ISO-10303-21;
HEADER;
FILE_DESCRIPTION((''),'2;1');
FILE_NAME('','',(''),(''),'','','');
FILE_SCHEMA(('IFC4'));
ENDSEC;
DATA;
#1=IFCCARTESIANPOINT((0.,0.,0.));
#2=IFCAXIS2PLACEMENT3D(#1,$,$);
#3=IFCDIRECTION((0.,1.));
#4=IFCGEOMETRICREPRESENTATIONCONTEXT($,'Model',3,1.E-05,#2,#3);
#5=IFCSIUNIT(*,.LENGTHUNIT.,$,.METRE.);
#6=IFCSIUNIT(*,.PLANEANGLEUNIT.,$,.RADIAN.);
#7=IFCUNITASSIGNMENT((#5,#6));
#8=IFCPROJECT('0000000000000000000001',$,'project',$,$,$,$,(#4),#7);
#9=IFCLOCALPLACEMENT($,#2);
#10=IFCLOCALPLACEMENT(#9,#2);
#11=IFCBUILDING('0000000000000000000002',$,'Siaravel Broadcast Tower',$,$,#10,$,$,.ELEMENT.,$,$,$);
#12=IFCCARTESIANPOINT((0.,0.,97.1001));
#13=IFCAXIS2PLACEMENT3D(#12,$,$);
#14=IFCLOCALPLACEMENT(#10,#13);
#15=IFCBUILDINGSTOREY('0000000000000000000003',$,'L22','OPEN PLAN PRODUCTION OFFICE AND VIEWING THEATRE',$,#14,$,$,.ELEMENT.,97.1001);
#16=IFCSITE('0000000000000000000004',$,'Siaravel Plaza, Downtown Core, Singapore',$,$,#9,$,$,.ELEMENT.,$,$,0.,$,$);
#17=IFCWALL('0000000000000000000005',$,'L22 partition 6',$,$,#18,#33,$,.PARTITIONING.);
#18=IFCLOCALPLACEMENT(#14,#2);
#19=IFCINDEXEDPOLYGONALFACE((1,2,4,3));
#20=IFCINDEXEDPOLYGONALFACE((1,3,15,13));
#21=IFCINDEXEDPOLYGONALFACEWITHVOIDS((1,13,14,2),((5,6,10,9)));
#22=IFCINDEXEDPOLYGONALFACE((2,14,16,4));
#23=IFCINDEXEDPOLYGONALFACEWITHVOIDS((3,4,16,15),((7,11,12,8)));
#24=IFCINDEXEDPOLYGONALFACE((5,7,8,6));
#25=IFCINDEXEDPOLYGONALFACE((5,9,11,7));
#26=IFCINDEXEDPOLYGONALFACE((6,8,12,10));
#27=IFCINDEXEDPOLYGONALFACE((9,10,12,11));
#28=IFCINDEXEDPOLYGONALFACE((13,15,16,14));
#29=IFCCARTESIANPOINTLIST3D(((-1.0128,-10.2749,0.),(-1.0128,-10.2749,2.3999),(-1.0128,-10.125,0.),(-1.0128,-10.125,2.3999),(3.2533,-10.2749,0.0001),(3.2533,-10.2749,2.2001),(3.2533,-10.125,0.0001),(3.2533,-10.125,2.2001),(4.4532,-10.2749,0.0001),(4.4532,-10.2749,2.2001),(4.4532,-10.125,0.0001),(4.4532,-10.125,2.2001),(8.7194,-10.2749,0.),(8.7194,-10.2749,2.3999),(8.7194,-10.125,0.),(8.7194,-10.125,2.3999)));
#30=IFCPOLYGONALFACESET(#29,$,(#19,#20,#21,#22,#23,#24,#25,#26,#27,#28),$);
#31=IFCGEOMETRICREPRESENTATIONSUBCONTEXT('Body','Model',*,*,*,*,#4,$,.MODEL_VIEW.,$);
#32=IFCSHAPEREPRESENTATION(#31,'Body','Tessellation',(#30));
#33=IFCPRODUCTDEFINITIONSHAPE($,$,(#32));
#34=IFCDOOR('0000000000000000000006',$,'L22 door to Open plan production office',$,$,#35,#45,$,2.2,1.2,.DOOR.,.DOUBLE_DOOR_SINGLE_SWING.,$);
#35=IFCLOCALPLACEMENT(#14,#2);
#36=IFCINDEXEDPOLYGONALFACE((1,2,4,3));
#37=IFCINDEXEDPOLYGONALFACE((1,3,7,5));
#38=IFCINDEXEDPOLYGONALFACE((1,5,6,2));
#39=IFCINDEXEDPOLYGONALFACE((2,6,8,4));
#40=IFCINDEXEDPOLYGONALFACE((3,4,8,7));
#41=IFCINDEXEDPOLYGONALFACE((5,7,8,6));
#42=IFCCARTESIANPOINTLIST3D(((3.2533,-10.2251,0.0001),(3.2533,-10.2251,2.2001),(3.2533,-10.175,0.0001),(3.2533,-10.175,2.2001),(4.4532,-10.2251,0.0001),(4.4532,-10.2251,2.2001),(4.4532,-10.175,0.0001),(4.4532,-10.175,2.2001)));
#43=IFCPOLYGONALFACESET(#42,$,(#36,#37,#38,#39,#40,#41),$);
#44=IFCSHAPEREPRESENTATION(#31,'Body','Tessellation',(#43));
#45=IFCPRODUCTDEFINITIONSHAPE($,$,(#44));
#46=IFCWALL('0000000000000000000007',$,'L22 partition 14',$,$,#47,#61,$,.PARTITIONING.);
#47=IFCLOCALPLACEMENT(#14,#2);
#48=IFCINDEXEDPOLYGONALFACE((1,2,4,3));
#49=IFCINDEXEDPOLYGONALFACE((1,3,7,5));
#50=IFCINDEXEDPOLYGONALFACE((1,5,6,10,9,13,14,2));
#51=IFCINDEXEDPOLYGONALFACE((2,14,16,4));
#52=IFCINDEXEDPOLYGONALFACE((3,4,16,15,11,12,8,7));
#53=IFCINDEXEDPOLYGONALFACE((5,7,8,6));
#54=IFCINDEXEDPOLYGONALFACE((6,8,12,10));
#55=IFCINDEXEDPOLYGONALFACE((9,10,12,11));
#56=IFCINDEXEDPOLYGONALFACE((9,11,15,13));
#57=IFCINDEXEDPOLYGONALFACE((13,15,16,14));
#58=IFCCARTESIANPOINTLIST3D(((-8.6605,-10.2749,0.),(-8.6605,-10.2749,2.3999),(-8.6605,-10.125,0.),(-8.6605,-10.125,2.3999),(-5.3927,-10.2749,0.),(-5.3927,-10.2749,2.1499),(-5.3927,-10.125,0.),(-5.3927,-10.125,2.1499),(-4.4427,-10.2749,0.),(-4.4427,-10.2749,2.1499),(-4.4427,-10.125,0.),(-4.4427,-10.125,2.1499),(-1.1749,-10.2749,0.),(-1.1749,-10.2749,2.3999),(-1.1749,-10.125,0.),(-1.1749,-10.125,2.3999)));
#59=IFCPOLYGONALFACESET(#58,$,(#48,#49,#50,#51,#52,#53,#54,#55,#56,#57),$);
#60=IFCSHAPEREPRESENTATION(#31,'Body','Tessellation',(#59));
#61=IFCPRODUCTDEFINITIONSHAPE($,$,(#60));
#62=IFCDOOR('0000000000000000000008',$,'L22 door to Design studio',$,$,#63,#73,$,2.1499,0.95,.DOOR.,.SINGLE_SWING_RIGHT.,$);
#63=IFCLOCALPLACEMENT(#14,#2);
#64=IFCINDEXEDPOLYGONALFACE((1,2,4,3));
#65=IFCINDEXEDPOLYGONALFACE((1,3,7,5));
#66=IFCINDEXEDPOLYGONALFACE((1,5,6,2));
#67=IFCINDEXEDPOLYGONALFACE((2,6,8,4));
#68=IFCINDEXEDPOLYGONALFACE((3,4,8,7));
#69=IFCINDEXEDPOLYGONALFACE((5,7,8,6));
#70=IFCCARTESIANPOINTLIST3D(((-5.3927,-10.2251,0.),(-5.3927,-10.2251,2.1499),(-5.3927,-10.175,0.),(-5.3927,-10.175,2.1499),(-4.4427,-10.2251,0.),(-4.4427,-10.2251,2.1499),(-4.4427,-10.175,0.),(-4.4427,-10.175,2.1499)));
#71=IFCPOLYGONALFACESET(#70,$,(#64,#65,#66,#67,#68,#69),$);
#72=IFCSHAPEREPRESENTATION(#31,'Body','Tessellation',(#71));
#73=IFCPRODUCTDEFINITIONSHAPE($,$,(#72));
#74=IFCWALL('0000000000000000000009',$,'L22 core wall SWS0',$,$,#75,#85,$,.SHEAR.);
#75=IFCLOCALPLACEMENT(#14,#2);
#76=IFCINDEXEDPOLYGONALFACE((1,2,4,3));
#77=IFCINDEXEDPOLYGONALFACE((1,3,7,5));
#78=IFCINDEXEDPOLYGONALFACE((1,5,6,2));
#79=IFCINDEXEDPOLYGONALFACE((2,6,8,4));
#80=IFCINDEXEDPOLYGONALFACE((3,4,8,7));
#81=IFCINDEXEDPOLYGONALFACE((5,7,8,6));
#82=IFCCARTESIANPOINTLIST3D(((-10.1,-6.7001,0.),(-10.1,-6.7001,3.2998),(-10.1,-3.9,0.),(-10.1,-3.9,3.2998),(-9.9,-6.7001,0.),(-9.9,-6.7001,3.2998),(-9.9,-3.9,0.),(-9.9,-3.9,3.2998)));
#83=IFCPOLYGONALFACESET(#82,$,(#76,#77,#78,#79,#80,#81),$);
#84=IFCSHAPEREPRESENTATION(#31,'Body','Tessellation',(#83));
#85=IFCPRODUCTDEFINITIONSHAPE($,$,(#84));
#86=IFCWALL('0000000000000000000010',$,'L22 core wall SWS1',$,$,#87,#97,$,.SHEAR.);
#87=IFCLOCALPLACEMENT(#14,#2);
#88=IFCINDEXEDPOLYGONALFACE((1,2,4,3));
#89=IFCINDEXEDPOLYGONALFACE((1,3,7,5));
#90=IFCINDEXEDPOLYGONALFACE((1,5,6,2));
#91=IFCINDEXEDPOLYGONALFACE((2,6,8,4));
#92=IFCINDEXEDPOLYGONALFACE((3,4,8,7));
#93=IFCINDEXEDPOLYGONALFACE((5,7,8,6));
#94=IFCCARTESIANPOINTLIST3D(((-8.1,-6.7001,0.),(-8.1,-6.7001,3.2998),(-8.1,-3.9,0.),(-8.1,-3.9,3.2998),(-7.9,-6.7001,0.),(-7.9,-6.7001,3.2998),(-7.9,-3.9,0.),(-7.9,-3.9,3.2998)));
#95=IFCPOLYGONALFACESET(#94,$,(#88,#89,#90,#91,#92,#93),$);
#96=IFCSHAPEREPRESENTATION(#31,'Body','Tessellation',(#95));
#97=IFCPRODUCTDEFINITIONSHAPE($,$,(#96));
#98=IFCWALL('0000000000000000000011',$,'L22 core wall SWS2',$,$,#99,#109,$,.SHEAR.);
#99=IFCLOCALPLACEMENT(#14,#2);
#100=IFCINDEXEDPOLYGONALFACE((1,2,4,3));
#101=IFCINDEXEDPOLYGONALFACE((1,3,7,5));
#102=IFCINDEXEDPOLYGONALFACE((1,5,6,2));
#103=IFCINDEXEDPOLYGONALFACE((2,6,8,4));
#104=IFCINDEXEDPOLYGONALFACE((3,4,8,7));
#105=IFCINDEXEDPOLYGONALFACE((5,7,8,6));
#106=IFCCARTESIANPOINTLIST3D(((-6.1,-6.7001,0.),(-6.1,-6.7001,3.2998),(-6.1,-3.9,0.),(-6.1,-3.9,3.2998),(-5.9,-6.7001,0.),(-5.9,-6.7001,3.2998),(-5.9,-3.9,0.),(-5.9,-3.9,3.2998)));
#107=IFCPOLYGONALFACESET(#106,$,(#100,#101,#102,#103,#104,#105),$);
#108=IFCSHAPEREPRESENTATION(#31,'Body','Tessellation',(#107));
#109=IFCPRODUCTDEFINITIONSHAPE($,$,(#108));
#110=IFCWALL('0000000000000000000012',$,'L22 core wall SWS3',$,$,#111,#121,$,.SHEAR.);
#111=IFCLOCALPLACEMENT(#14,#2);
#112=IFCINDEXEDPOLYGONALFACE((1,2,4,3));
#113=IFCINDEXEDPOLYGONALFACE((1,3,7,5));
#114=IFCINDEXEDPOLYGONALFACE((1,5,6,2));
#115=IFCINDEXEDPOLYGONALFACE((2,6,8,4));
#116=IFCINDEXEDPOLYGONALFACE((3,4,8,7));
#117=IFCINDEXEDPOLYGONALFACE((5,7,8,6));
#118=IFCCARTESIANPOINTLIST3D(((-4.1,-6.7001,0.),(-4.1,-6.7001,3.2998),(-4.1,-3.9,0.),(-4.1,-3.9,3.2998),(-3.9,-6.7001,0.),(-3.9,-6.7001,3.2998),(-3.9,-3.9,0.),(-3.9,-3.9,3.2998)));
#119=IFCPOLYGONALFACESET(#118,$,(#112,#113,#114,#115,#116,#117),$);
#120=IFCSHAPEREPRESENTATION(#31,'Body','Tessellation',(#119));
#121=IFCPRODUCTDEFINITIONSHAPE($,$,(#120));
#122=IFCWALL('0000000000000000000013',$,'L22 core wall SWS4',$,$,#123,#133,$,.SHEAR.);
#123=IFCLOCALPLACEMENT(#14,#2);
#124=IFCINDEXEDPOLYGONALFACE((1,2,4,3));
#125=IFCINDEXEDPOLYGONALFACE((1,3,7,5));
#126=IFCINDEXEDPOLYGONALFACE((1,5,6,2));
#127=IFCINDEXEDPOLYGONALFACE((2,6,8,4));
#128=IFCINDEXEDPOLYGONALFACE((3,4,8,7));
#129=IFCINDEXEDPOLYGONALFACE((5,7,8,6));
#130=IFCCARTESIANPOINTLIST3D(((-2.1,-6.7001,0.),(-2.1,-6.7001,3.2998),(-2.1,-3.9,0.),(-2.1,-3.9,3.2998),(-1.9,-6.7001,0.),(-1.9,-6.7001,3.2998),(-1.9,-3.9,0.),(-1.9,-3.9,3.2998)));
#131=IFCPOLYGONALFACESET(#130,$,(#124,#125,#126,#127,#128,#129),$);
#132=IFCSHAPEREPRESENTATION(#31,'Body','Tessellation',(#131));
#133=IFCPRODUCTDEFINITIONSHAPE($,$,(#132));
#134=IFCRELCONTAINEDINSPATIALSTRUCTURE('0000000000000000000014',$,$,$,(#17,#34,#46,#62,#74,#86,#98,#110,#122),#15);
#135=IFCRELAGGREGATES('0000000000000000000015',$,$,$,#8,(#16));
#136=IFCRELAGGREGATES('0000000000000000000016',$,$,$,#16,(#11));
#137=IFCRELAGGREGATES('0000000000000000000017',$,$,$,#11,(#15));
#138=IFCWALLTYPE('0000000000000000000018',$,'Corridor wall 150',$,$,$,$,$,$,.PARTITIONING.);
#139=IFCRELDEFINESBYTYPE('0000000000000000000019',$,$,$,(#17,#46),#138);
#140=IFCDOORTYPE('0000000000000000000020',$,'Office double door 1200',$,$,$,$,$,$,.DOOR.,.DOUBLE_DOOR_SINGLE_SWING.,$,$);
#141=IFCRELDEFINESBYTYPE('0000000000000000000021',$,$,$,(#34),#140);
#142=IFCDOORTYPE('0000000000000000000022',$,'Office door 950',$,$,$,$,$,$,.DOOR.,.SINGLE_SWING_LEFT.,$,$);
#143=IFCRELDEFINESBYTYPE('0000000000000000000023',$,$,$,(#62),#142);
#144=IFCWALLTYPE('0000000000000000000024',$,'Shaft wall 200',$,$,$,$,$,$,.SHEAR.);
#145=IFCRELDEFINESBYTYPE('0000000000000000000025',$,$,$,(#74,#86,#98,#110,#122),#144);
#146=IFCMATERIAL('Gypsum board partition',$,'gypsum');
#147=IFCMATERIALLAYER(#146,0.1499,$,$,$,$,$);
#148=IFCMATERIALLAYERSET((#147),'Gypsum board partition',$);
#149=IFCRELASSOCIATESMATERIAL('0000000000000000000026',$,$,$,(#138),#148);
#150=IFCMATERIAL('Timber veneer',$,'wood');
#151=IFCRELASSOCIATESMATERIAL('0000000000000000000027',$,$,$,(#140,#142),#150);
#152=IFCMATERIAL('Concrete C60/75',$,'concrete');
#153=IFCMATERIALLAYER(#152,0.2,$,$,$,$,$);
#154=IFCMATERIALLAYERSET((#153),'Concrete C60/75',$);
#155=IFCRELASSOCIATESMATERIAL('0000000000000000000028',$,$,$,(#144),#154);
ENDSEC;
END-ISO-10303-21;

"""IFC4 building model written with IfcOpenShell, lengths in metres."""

from ifc_helpers import new_model, si_unit, direction, frame, frame_2d, origin, place, context, subcontext, project, spatial, rectangle, extrude, material, layer, layer_set, type_object, element, fill, save


model = new_model("IFC4")

# Units and contexts
model_context = context("Model", 3, precision=1e-05, world=origin(), true_north=direction((0.0, 1.0)))
body_context = subcontext(model_context, "Body", "Model", "MODEL_VIEW")
ifc_project = project(units=[si_unit("LENGTHUNIT", "METRE"), si_unit("PLANEANGLEUNIT", "RADIAN")], contexts=[model_context])

# Site, building, storey
site_placement = place(None, origin())
site = spatial("IfcSite", under=ifc_project, at=site_placement, Name="Siaravel Plaza, Downtown Core, Singapore", CompositionType="ELEMENT", RefElevation=0.0)
building_placement = place(site_placement, origin())
building = spatial("IfcBuilding", under=site, at=building_placement, Name="Siaravel Broadcast Tower", CompositionType="ELEMENT")
storey_placement = place(building_placement, frame((0.0, 0.0, 97.1001)))
storey = spatial("IfcBuildingStorey", under=building, at=storey_placement, Name="L22", Description="OPEN PLAN PRODUCTION OFFICE AND VIEWING THEATRE", CompositionType="ELEMENT", Elevation=97.1001)

# Walls, openings, doors
ifc_material_1 = material(Name="Gypsum board partition", Category="gypsum")
ifc_layer_1 = layer(ifc_material_1, 0.1499)
ifc_layer_set_1 = layer_set([ifc_layer_1], Name="Gypsum board partition")
wall_type_1 = type_object("IfcWallType", Name="Corridor wall 150", PredefinedType="PARTITIONING", material=ifc_layer_set_1)
wall_1_placement = place(storey_placement, frame((-1.0129, -10.2, 0.0), z_axis=(0.0, 0.0, 1.0), x_axis=(1.0, 0.0, 0.0)))
wall_1 = element("IfcWall", 1, at=wall_1_placement, inside=storey, type_object=wall_type_1, Name="L22 partition 6", PredefinedType="PARTITIONING", context=body_context, shape_type="SweptSolid", body=[
    extrude(rectangle(XDim=9.7322, YDim=0.1499, at=frame_2d((4.8662, 0.0))), origin(), (0.0, 0.0, 1.0), 2.3999),
])
opening_1_placement = place(wall_1_placement, frame((4.2661, 0.0, 0.0)))
opening_1 = element("IfcOpeningElement", 2, at=opening_1_placement, cuts=wall_1, PredefinedType="OPENING", context=body_context, shape_type="SweptSolid", body=[
    extrude(rectangle(XDim=1.2, YDim=2.2, at=frame_2d((0.6001, 1.1001))), frame((0.0, 0.085, 0.0), z_axis=(0.0, -1.0, 0.0), x_axis=(1.0, 0.0, 0.0)), (0.0, 0.0, 1.0), 0.1699),
])
ifc_material_2 = material(Name="Timber veneer", Category="wood")
door_type_1 = type_object("IfcDoorType", Name="Office double door 1200", OperationType="DOUBLE_DOOR_SINGLE_SWING", PredefinedType="DOOR", material=ifc_material_2)
door_1_placement = place(opening_1_placement, origin())
door_1 = element("IfcDoor", 3, at=door_1_placement, inside=storey, type_object=door_type_1, Name="L22 door to Open plan production office", OperationType="DOUBLE_DOOR_SINGLE_SWING", OverallHeight=2.2, OverallWidth=1.2, PredefinedType="DOOR", context=body_context, shape_type="SweptSolid", body=[
    extrude(rectangle(XDim=1.2, YDim=2.2, at=frame_2d((0.6001, 1.1001))), frame((0.0, 0.0249, 0.0), z_axis=(0.0, -1.0, 0.0), x_axis=(1.0, 0.0, 0.0)), (0.0, 0.0, 1.0), 0.05),
])
fill(opening_1, door_1)
wall_2_placement = place(storey_placement, frame((-8.6604, -10.2, 0.0), z_axis=(0.0, 0.0, 1.0), x_axis=(1.0, 0.0, 0.0)))
wall_2 = element("IfcWall", 4, at=wall_2_placement, inside=storey, type_object=wall_type_1, Name="L22 partition 14", PredefinedType="PARTITIONING", context=body_context, shape_type="SweptSolid", body=[
    extrude(rectangle(XDim=7.4856, YDim=0.1499, at=frame_2d((3.7427, 0.0))), origin(), (0.0, 0.0, 1.0), 2.3999),
])
opening_2_placement = place(wall_2_placement, frame((3.2676, 0.0, 0.0)))
opening_2 = element("IfcOpeningElement", 5, at=opening_2_placement, cuts=wall_2, PredefinedType="OPENING", context=body_context, shape_type="SweptSolid", body=[
    extrude(rectangle(XDim=0.95, YDim=2.1499, at=frame_2d((0.4751, 1.075))), frame((0.0, 0.085, 0.0), z_axis=(0.0, -1.0, 0.0), x_axis=(1.0, 0.0, 0.0)), (0.0, 0.0, 1.0), 0.1699),
])
door_type_2 = type_object("IfcDoorType", Name="Office door 950", OperationType="SINGLE_SWING_LEFT", PredefinedType="DOOR", material=ifc_material_2)
door_2_placement = place(opening_2_placement, origin())
door_2 = element("IfcDoor", 6, at=door_2_placement, inside=storey, type_object=door_type_2, Name="L22 door to Design studio", OperationType="SINGLE_SWING_RIGHT", OverallHeight=2.1499, OverallWidth=0.95, PredefinedType="DOOR", context=body_context, shape_type="SweptSolid", body=[
    extrude(rectangle(XDim=0.95, YDim=2.1499, at=frame_2d((0.4751, 1.075))), frame((0.0, 0.0249, 0.0), z_axis=(0.0, -1.0, 0.0), x_axis=(1.0, 0.0, 0.0)), (0.0, 0.0, 1.0), 0.05),
])
fill(opening_2, door_2)

# Walls
ifc_material_3 = material(Name="Concrete C60/75", Category="concrete")
ifc_layer_2 = layer(ifc_material_3, 0.2)
ifc_layer_set_2 = layer_set([ifc_layer_2], Name="Concrete C60/75")
wall_type_2 = type_object("IfcWallType", Name="Shaft wall 200", PredefinedType="SHEAR", material=ifc_layer_set_2)
for number, where, z_axis, x_axis, name in (
    (7, (-10.0, -6.7, 0.0), (0.0, 0.0, 1.0), (0.0, 1.0, 0.0), "L22 core wall SWS0"),
    (8, (-8.0, -6.7, 0.0), (0.0, 0.0, 1.0), (0.0, 1.0, 0.0), "L22 core wall SWS1"),
    (9, (-6.0, -6.7, 0.0), (0.0, 0.0, 1.0), (0.0, 1.0, 0.0), "L22 core wall SWS2"),
    (10, (-4.0, -6.7, 0.0), (0.0, 0.0, 1.0), (0.0, 1.0, 0.0), "L22 core wall SWS3"),
    (11, (-2.0, -6.7, 0.0), (0.0, 0.0, 1.0), (0.0, 1.0, 0.0), "L22 core wall SWS4"),
):
    element("IfcWall", number, at=place(storey_placement, frame(where, z_axis=z_axis, x_axis=x_axis)), inside=storey, type_object=wall_type_2, Name=name, PredefinedType="SHEAR", context=body_context, shape_type="SweptSolid", body=[
        extrude(rectangle(XDim=2.8, YDim=0.2, at=frame_2d((1.3999, 0.0))), origin(), (0.0, 0.0, 1.0), 3.2998),
    ])

save(model, "model.ifc")
